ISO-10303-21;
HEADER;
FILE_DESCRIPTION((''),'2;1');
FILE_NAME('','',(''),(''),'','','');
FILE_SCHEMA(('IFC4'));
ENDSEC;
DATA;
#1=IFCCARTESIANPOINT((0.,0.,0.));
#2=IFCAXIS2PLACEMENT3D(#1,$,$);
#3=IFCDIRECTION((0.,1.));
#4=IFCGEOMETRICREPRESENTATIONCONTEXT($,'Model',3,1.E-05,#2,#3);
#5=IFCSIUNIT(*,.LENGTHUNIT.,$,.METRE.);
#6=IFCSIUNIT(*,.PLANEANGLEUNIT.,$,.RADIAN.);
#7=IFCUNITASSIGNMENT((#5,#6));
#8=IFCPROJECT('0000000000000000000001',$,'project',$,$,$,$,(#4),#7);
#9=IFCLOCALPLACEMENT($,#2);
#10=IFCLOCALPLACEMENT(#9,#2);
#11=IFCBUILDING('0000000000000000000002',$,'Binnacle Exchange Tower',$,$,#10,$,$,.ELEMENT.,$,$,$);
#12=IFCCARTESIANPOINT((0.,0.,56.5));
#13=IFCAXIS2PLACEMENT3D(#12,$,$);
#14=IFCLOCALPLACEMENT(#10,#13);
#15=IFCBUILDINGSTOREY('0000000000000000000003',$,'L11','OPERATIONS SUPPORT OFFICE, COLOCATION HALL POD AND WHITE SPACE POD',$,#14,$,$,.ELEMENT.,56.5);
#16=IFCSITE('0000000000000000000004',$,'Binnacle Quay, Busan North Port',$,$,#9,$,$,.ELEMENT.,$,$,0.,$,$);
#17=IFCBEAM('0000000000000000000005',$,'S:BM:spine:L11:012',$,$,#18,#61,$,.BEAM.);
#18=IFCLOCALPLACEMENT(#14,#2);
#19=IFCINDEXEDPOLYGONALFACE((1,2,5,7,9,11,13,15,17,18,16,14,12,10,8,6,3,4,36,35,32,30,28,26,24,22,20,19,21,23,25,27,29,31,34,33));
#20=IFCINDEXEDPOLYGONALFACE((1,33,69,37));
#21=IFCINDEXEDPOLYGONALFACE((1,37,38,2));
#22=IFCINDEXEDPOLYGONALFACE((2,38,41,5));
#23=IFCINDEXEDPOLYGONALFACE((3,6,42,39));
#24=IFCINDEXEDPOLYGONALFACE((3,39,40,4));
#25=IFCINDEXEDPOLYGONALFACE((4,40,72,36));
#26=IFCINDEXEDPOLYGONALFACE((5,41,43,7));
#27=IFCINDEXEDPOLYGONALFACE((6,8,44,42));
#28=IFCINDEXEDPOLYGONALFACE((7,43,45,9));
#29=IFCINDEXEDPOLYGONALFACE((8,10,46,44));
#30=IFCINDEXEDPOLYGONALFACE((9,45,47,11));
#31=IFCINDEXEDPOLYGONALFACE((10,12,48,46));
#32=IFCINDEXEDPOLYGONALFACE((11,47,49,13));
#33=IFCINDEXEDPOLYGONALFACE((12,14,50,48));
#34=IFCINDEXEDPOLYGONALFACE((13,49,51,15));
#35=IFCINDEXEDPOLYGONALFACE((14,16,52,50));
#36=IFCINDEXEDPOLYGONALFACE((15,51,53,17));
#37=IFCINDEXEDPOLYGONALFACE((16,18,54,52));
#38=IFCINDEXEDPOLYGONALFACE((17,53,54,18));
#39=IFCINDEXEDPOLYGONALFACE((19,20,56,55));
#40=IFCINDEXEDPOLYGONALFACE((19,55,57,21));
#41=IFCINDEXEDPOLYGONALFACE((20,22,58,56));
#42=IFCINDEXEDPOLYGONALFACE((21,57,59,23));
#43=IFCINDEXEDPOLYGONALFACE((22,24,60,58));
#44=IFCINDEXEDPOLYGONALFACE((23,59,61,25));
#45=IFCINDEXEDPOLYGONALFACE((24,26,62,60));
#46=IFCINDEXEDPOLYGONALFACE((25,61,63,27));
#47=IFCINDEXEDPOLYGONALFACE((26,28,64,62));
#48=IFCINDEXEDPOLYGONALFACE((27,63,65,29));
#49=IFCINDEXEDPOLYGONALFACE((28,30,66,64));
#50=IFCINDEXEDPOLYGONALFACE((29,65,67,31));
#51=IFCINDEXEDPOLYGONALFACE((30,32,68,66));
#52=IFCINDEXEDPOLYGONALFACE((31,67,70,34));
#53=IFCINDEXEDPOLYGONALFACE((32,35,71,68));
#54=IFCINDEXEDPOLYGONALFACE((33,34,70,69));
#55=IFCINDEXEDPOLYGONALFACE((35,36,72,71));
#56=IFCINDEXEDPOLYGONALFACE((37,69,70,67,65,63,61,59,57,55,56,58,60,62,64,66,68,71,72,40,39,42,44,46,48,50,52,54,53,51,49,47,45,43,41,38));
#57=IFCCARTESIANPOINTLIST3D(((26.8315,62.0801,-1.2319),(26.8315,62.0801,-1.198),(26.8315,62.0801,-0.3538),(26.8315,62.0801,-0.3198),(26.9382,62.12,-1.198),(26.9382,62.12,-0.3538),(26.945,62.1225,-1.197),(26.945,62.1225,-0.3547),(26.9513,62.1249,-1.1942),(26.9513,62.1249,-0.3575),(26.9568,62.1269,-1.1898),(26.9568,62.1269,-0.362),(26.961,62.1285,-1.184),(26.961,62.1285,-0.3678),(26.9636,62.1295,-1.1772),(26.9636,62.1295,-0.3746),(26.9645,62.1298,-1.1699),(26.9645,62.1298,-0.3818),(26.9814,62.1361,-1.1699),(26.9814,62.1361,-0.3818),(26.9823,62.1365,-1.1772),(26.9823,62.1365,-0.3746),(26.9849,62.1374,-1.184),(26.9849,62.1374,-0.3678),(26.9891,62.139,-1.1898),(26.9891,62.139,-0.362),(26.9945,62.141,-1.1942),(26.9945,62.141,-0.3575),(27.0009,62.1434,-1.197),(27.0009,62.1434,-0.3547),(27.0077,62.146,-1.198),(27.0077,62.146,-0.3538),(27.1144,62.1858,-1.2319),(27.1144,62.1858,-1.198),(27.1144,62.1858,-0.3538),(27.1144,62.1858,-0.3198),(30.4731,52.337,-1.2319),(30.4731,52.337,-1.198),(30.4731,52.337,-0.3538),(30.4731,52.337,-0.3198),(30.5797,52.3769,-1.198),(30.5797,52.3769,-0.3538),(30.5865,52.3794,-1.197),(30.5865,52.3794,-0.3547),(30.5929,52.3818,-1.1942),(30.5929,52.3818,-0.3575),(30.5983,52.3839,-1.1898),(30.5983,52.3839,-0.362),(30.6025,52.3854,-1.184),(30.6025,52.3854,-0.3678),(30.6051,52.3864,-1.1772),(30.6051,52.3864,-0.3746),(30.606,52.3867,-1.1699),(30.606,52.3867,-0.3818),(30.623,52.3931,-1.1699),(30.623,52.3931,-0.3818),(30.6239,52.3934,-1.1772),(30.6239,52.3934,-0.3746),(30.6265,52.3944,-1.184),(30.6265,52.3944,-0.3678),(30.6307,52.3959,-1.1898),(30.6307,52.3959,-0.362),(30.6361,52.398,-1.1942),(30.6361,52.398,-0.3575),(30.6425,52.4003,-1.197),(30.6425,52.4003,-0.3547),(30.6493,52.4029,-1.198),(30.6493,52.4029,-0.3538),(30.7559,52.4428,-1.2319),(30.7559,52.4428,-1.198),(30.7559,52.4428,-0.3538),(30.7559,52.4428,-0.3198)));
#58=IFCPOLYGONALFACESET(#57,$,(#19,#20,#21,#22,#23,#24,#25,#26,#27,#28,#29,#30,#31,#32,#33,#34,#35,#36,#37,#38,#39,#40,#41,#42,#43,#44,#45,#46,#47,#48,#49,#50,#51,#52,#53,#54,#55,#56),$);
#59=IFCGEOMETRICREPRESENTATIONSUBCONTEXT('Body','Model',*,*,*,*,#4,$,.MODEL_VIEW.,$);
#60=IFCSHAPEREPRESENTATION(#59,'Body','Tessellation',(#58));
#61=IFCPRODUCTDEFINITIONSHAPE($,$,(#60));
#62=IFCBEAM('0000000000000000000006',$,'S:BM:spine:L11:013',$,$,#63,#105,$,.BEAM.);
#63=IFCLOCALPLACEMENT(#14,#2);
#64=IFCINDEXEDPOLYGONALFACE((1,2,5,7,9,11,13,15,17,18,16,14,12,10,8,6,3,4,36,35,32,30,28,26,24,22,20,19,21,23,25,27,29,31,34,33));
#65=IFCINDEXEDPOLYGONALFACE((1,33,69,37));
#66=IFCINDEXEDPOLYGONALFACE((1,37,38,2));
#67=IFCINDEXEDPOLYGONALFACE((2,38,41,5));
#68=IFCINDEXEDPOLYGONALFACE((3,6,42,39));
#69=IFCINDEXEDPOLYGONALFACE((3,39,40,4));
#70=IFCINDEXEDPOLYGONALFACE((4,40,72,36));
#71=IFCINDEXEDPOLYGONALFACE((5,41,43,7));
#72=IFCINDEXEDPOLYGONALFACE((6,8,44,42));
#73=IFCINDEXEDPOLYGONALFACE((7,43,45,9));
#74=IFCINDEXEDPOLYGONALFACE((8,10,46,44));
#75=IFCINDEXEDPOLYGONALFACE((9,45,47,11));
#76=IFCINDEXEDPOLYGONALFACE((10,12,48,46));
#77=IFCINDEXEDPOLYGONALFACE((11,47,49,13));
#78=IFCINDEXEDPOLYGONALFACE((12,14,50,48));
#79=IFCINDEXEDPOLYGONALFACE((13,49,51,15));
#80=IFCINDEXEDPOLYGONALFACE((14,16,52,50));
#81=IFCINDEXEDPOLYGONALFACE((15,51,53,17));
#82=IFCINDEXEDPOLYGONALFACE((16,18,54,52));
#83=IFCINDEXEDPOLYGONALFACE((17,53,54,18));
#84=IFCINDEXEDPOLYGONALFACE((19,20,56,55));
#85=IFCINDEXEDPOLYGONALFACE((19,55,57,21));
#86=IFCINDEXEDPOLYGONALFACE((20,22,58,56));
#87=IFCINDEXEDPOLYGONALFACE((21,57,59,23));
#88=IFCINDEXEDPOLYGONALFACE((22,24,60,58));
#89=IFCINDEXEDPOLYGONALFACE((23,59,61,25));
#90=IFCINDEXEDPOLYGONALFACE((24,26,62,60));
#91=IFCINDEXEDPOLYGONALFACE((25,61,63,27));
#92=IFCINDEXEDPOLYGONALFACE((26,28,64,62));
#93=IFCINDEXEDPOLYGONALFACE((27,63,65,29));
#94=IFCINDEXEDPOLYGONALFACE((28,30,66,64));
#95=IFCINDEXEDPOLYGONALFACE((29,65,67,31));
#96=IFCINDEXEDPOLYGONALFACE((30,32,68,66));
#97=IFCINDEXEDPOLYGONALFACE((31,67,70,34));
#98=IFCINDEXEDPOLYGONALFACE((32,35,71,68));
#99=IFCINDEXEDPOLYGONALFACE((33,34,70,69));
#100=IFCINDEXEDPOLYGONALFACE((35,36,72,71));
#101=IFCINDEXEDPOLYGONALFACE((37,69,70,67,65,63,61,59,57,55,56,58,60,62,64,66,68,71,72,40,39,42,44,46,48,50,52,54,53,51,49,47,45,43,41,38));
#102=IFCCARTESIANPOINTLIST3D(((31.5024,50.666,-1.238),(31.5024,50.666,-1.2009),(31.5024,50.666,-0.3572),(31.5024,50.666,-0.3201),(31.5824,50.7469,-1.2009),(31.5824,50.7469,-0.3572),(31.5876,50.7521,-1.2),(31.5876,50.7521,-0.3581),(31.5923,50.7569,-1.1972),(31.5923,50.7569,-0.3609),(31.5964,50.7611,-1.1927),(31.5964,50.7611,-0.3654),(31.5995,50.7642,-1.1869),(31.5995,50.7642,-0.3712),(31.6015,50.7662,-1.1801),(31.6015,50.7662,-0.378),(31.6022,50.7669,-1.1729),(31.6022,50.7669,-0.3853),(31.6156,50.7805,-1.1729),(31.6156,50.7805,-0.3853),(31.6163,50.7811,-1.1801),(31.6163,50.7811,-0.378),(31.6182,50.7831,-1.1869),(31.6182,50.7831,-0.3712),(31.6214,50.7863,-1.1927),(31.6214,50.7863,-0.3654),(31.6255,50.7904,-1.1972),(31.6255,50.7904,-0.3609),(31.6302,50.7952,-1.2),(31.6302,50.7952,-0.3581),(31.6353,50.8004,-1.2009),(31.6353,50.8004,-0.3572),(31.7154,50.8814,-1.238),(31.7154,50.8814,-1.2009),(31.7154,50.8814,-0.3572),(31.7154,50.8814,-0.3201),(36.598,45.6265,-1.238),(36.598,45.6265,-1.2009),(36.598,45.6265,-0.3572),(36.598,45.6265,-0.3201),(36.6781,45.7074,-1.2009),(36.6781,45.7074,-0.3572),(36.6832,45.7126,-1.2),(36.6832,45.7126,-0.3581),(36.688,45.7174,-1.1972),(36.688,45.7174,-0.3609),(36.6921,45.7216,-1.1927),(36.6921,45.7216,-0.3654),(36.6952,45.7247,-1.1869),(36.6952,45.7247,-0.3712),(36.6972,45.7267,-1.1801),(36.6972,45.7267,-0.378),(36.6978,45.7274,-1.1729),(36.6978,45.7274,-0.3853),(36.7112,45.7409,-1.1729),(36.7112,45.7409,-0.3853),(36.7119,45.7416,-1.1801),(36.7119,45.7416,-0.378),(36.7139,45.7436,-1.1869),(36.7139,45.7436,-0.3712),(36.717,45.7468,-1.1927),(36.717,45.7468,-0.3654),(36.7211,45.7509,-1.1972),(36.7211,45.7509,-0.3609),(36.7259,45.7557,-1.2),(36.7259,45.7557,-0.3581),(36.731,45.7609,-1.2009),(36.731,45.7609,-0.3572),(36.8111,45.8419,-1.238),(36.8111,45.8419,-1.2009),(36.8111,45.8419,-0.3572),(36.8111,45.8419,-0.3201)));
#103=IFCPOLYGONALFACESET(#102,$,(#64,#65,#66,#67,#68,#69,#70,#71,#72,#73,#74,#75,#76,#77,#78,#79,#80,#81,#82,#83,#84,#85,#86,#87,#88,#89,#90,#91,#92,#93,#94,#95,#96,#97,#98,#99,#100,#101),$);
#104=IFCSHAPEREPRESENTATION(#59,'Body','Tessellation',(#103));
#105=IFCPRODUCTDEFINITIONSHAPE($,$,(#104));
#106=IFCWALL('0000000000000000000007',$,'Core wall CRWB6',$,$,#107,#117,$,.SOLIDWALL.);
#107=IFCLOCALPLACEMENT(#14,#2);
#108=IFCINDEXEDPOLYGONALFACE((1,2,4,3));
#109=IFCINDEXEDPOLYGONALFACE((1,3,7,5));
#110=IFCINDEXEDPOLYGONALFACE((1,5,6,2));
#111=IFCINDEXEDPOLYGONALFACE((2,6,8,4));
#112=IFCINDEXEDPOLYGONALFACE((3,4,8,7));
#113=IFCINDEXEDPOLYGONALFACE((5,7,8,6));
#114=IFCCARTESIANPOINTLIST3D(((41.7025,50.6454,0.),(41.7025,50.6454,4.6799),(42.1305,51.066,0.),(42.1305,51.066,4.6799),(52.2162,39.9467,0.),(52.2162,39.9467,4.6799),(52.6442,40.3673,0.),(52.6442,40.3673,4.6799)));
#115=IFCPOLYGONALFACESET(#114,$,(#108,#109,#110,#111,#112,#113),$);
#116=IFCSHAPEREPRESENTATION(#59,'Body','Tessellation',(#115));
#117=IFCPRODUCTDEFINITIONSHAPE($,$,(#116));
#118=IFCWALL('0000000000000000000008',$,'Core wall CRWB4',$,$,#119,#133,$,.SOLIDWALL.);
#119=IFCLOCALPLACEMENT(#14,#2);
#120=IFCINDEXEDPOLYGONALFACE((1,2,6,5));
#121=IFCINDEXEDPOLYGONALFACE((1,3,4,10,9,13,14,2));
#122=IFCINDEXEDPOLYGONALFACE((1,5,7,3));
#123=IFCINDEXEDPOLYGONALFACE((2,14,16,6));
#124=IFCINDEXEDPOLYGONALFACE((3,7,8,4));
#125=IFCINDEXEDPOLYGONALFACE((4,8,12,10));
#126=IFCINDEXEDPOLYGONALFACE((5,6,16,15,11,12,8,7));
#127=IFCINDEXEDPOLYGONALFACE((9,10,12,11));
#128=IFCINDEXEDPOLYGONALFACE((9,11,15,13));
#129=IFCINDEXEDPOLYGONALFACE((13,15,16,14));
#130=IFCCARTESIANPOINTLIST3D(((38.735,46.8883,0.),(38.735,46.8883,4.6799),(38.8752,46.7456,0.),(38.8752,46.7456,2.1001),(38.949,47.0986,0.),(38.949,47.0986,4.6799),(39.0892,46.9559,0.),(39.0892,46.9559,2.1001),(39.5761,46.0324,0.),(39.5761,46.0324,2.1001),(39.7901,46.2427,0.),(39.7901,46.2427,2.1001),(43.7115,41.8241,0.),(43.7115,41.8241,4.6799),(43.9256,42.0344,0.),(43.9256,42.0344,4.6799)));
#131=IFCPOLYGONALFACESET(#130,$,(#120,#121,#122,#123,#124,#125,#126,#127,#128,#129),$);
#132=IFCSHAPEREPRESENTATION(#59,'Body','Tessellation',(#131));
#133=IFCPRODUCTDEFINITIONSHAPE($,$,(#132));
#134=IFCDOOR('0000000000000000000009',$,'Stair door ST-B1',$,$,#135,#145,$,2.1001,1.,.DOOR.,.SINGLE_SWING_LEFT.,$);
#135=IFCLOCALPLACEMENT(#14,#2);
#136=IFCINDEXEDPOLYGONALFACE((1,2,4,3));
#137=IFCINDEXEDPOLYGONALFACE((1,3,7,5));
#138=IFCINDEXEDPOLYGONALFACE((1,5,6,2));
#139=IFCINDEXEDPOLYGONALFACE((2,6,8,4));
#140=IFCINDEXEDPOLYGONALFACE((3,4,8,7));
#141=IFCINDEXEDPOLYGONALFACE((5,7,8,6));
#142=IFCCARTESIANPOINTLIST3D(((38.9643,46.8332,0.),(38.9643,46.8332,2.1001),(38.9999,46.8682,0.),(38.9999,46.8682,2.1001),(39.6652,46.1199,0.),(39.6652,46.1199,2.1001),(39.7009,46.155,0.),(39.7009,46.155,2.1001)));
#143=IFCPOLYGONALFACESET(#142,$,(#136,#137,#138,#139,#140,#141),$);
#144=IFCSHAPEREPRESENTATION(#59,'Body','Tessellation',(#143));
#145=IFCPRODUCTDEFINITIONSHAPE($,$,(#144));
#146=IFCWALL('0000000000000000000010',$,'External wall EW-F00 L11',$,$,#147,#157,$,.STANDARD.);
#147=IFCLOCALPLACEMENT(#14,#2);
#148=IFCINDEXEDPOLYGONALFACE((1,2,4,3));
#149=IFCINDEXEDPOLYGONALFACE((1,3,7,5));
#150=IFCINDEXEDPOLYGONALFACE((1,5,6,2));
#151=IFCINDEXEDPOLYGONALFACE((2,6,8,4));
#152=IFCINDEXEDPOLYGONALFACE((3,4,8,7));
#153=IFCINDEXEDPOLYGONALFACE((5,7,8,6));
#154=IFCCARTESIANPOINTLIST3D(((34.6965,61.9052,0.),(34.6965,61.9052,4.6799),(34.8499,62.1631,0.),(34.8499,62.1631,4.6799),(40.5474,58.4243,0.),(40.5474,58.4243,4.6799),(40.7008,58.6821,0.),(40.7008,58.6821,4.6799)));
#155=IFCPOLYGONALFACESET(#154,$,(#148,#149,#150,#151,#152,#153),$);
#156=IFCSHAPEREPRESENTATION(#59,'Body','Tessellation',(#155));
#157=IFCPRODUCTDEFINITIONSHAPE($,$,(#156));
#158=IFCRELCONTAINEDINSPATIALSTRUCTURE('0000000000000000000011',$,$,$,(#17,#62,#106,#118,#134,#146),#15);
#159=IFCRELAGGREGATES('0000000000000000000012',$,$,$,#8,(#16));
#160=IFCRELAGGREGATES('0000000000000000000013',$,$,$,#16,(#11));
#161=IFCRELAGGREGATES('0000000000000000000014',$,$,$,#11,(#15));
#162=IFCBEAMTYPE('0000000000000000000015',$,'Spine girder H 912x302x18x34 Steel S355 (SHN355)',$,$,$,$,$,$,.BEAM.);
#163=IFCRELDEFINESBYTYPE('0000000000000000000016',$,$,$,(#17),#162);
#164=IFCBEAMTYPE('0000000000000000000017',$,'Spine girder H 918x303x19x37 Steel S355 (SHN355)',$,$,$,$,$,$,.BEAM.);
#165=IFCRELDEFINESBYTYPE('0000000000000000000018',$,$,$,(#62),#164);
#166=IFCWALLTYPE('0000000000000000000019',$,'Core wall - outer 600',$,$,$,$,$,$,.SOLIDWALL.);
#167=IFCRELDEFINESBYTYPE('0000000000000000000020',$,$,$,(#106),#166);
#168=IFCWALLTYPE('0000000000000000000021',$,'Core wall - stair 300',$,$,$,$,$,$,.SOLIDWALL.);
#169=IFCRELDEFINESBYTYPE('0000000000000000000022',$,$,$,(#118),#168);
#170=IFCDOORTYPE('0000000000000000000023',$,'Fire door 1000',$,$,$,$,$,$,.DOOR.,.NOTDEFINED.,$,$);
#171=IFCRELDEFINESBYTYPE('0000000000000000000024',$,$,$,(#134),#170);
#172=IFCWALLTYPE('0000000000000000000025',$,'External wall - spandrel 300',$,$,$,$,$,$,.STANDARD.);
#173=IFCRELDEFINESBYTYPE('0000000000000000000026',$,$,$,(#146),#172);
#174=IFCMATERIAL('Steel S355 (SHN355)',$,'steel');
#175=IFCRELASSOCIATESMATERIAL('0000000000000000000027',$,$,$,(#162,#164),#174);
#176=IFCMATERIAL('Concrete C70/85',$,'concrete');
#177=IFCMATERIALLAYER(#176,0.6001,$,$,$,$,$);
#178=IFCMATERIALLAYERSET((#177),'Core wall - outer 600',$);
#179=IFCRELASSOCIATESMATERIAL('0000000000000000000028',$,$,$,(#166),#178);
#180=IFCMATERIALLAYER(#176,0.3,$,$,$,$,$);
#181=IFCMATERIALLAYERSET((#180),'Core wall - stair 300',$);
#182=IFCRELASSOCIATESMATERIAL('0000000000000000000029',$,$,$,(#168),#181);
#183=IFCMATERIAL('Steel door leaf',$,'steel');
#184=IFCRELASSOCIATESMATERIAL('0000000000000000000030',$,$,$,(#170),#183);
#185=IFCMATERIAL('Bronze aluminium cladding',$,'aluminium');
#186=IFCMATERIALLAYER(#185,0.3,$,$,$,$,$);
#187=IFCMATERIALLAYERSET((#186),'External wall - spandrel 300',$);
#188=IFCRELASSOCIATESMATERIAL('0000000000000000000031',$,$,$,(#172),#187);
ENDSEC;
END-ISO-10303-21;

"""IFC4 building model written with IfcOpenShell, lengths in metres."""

from ifc_helpers import new_model, si_unit, direction, frame, frame_2d, origin, origin_2d, place, context, subcontext, project, spatial, rectangle, i_section, extrude, material, layer, layer_set, material_profile, profile_set, type_object, element, fill, save


model = new_model("IFC4")

# Units and contexts
model_context = context("Model", 3, precision=1e-05, world=origin(), true_north=direction((0.0, 1.0)))
body_context = subcontext(model_context, "Body", "Model", "MODEL_VIEW")
ifc_project = project(units=[si_unit("LENGTHUNIT", "METRE"), si_unit("PLANEANGLEUNIT", "RADIAN")], contexts=[model_context])

# Site, building, storey
site_placement = place(None, origin())
site = spatial("IfcSite", under=ifc_project, at=site_placement, Name="Binnacle Quay, Busan North Port", CompositionType="ELEMENT", RefElevation=0.0)
building_placement = place(site_placement, origin())
building = spatial("IfcBuilding", under=site, at=building_placement, Name="Binnacle Exchange Tower", CompositionType="ELEMENT")
storey_placement = place(building_placement, frame((0.0, 0.0, 56.5)))
storey = spatial("IfcBuildingStorey", under=building, at=storey_placement, Name="L11", Description="OPERATIONS SUPPORT OFFICE, COLOCATION HALL POD AND WHITE SPACE POD", CompositionType="ELEMENT", Elevation=56.5)

# Shared definitions
ifc_material_1 = material(Name="Concrete C70/85", Category="concrete")

# Beams
ifc_material_2 = material(Name="Steel S355 (SHN355)", Category="steel")
ifc_material_profile_1 = material_profile(ifc_material_2, i_section(OverallWidth=0.302, OverallDepth=0.9121, WebThickness=0.0181, FlangeThickness=0.0339, FilletRadius=0.0281, at=origin_2d()), Name="H 912x302x18x34")
ifc_profile_set_1 = profile_set([ifc_material_profile_1], Name="Steel S355 (SHN355)")
beam_type_1 = type_object("IfcBeamType", Name="Spine girder H 912x302x18x34 Steel S355 (SHN355)", PredefinedType="BEAM", material=ifc_profile_set_1)
beam_1_placement = place(storey_placement, frame((30.6145, 52.3899, -0.7759), z_axis=(-0.350105, 0.936711, 0.0), x_axis=(-0.936711, -0.350105, 0.0)))
element("IfcBeam", 1, at=beam_1_placement, inside=storey, type_object=beam_type_1, Name="S:BM:spine:L11:012", PredefinedType="BEAM", context=body_context, shape_type="SweptSolid", body=[
    extrude(i_section(OverallWidth=0.302, OverallDepth=0.9121, WebThickness=0.0181, FlangeThickness=0.0339, FilletRadius=0.0281, at=origin_2d()), origin(), (0.0, 0.0, 1.0), 10.4014),
])
ifc_material_profile_2 = material_profile(ifc_material_2, i_section(OverallWidth=0.303, OverallDepth=0.918, WebThickness=0.019, FlangeThickness=0.0371, FilletRadius=0.0281, at=origin_2d()), Name="H 918x303x19x37")
ifc_profile_set_2 = profile_set([ifc_material_profile_2], Name="Steel S355 (SHN355)")
beam_type_2 = type_object("IfcBeamType", Name="Spine girder H 918x303x19x37 Steel S355 (SHN355)", PredefinedType="BEAM", material=ifc_profile_set_2)
beam_2_placement = place(storey_placement, frame((31.6089, 50.7737, -0.7791), z_axis=(0.711013, -0.703178, 0.0), x_axis=(0.703178, 0.711013, 0.0)))
element("IfcBeam", 2, at=beam_2_placement, inside=storey, type_object=beam_type_2, Name="S:BM:spine:L11:013", PredefinedType="BEAM", context=body_context, shape_type="SweptSolid", body=[
    extrude(i_section(OverallWidth=0.303, OverallDepth=0.918, WebThickness=0.019, FlangeThickness=0.0371, FilletRadius=0.0281, at=origin_2d()), origin(), (0.0, 0.0, 1.0), 7.1667),
])

# Wall
ifc_layer_1 = layer(ifc_material_1, 0.6001)
ifc_layer_set_1 = layer_set([ifc_layer_1], Name="Core wall - outer 600")
wall_type_1 = type_object("IfcWallType", Name="Core wall - outer 600", PredefinedType="SOLIDWALL", material=ifc_layer_set_1)
wall_1_placement = place(storey_placement, frame((41.9165, 50.8557, 0.0), z_axis=(0.0, 0.0, 1.0), x_axis=(0.700911, -0.713248, 0.0)))
element("IfcWall", 3, at=wall_1_placement, inside=storey, type_object=wall_type_1, Name="Core wall CRWB6", PredefinedType="SOLIDWALL", context=body_context, shape_type="SweptSolid", body=[
    extrude(rectangle(XDim=15.0, YDim=0.6001, at=frame_2d((7.5, 0.0))), origin(), (0.0, 0.0, 1.0), 4.6799),
])

# Wall, opening, door
ifc_layer_2 = layer(ifc_material_1, 0.3)
ifc_layer_set_2 = layer_set([ifc_layer_2], Name="Core wall - stair 300")
wall_type_2 = type_object("IfcWallType", Name="Core wall - stair 300", PredefinedType="SOLIDWALL", material=ifc_layer_set_2)
wall_2_placement = place(storey_placement, frame((38.842, 46.9934, 0.0), z_axis=(0.0, 0.0, 1.0), x_axis=(0.700908, -0.713252, 0.0)))
wall_2 = element("IfcWall", 4, at=wall_2_placement, inside=storey, type_object=wall_type_2, Name="Core wall CRWB4", PredefinedType="SOLIDWALL", context=body_context, shape_type="SweptSolid", body=[
    extrude(rectangle(XDim=7.1001, YDim=0.3, at=frame_2d((3.55, 0.0))), origin(), (0.0, 0.0, 1.0), 4.6799),
])
opening_1_placement = place(wall_2_placement, frame((0.2, 0.0, 0.0)))
opening_1 = element("IfcOpeningElement", 5, at=opening_1_placement, cuts=wall_2, PredefinedType="OPENING", context=body_context, shape_type="SweptSolid", body=[
    extrude(rectangle(XDim=1.0, YDim=2.1001, at=frame_2d((0.5, 1.05))), frame((0.0, 0.1599, 0.0), z_axis=(0.0, -1.0, 0.0), x_axis=(1.0, 0.0, 0.0)), (0.0, 0.0, 1.0), 0.3201),
])
ifc_material_3 = material(Name="Steel door leaf", Category="steel")
door_type = type_object("IfcDoorType", Name="Fire door 1000", OperationType="NOTDEFINED", PredefinedType="DOOR", material=ifc_material_3)
door_placement = place(opening_1_placement, origin())
door = element("IfcDoor", 6, at=door_placement, inside=storey, type_object=door_type, Name="Stair door ST-B1", OperationType="SINGLE_SWING_LEFT", OverallHeight=2.1001, OverallWidth=1.0, PredefinedType="DOOR", context=body_context, shape_type="SweptSolid", body=[
    extrude(rectangle(XDim=1.0, YDim=2.1001, at=frame_2d((0.5, 1.05))), frame((0.0, 0.0249, 0.0), z_axis=(0.0, -1.0, 0.0), x_axis=(1.0, 0.0, 0.0)), (0.0, 0.0, 1.0), 0.05),
])
fill(opening_1, door)

# Wall
ifc_material_4 = material(Name="Bronze aluminium cladding", Category="aluminium")
ifc_layer_3 = layer(ifc_material_4, 0.3)
ifc_layer_set_3 = layer_set([ifc_layer_3], Name="External wall - spandrel 300")
wall_type_3 = type_object("IfcWallType", Name="External wall - spandrel 300", PredefinedType="STANDARD", material=ifc_layer_set_3)
wall_3_placement = place(storey_placement, frame((34.7732, 62.0342, 0.0), z_axis=(0.0, 0.0, 1.0), x_axis=(0.859401, -0.511302, 0.0)))
element("IfcWall", 7, at=wall_3_placement, inside=storey, type_object=wall_type_3, Name="External wall EW-F00 L11", PredefinedType="STANDARD", context=body_context, shape_type="SweptSolid", body=[
    extrude(rectangle(XDim=6.8081, YDim=0.3, at=frame_2d((3.4041, 0.0))), origin(), (0.0, 0.0, 1.0), 4.6799),
])

save(model, "model.ifc")
